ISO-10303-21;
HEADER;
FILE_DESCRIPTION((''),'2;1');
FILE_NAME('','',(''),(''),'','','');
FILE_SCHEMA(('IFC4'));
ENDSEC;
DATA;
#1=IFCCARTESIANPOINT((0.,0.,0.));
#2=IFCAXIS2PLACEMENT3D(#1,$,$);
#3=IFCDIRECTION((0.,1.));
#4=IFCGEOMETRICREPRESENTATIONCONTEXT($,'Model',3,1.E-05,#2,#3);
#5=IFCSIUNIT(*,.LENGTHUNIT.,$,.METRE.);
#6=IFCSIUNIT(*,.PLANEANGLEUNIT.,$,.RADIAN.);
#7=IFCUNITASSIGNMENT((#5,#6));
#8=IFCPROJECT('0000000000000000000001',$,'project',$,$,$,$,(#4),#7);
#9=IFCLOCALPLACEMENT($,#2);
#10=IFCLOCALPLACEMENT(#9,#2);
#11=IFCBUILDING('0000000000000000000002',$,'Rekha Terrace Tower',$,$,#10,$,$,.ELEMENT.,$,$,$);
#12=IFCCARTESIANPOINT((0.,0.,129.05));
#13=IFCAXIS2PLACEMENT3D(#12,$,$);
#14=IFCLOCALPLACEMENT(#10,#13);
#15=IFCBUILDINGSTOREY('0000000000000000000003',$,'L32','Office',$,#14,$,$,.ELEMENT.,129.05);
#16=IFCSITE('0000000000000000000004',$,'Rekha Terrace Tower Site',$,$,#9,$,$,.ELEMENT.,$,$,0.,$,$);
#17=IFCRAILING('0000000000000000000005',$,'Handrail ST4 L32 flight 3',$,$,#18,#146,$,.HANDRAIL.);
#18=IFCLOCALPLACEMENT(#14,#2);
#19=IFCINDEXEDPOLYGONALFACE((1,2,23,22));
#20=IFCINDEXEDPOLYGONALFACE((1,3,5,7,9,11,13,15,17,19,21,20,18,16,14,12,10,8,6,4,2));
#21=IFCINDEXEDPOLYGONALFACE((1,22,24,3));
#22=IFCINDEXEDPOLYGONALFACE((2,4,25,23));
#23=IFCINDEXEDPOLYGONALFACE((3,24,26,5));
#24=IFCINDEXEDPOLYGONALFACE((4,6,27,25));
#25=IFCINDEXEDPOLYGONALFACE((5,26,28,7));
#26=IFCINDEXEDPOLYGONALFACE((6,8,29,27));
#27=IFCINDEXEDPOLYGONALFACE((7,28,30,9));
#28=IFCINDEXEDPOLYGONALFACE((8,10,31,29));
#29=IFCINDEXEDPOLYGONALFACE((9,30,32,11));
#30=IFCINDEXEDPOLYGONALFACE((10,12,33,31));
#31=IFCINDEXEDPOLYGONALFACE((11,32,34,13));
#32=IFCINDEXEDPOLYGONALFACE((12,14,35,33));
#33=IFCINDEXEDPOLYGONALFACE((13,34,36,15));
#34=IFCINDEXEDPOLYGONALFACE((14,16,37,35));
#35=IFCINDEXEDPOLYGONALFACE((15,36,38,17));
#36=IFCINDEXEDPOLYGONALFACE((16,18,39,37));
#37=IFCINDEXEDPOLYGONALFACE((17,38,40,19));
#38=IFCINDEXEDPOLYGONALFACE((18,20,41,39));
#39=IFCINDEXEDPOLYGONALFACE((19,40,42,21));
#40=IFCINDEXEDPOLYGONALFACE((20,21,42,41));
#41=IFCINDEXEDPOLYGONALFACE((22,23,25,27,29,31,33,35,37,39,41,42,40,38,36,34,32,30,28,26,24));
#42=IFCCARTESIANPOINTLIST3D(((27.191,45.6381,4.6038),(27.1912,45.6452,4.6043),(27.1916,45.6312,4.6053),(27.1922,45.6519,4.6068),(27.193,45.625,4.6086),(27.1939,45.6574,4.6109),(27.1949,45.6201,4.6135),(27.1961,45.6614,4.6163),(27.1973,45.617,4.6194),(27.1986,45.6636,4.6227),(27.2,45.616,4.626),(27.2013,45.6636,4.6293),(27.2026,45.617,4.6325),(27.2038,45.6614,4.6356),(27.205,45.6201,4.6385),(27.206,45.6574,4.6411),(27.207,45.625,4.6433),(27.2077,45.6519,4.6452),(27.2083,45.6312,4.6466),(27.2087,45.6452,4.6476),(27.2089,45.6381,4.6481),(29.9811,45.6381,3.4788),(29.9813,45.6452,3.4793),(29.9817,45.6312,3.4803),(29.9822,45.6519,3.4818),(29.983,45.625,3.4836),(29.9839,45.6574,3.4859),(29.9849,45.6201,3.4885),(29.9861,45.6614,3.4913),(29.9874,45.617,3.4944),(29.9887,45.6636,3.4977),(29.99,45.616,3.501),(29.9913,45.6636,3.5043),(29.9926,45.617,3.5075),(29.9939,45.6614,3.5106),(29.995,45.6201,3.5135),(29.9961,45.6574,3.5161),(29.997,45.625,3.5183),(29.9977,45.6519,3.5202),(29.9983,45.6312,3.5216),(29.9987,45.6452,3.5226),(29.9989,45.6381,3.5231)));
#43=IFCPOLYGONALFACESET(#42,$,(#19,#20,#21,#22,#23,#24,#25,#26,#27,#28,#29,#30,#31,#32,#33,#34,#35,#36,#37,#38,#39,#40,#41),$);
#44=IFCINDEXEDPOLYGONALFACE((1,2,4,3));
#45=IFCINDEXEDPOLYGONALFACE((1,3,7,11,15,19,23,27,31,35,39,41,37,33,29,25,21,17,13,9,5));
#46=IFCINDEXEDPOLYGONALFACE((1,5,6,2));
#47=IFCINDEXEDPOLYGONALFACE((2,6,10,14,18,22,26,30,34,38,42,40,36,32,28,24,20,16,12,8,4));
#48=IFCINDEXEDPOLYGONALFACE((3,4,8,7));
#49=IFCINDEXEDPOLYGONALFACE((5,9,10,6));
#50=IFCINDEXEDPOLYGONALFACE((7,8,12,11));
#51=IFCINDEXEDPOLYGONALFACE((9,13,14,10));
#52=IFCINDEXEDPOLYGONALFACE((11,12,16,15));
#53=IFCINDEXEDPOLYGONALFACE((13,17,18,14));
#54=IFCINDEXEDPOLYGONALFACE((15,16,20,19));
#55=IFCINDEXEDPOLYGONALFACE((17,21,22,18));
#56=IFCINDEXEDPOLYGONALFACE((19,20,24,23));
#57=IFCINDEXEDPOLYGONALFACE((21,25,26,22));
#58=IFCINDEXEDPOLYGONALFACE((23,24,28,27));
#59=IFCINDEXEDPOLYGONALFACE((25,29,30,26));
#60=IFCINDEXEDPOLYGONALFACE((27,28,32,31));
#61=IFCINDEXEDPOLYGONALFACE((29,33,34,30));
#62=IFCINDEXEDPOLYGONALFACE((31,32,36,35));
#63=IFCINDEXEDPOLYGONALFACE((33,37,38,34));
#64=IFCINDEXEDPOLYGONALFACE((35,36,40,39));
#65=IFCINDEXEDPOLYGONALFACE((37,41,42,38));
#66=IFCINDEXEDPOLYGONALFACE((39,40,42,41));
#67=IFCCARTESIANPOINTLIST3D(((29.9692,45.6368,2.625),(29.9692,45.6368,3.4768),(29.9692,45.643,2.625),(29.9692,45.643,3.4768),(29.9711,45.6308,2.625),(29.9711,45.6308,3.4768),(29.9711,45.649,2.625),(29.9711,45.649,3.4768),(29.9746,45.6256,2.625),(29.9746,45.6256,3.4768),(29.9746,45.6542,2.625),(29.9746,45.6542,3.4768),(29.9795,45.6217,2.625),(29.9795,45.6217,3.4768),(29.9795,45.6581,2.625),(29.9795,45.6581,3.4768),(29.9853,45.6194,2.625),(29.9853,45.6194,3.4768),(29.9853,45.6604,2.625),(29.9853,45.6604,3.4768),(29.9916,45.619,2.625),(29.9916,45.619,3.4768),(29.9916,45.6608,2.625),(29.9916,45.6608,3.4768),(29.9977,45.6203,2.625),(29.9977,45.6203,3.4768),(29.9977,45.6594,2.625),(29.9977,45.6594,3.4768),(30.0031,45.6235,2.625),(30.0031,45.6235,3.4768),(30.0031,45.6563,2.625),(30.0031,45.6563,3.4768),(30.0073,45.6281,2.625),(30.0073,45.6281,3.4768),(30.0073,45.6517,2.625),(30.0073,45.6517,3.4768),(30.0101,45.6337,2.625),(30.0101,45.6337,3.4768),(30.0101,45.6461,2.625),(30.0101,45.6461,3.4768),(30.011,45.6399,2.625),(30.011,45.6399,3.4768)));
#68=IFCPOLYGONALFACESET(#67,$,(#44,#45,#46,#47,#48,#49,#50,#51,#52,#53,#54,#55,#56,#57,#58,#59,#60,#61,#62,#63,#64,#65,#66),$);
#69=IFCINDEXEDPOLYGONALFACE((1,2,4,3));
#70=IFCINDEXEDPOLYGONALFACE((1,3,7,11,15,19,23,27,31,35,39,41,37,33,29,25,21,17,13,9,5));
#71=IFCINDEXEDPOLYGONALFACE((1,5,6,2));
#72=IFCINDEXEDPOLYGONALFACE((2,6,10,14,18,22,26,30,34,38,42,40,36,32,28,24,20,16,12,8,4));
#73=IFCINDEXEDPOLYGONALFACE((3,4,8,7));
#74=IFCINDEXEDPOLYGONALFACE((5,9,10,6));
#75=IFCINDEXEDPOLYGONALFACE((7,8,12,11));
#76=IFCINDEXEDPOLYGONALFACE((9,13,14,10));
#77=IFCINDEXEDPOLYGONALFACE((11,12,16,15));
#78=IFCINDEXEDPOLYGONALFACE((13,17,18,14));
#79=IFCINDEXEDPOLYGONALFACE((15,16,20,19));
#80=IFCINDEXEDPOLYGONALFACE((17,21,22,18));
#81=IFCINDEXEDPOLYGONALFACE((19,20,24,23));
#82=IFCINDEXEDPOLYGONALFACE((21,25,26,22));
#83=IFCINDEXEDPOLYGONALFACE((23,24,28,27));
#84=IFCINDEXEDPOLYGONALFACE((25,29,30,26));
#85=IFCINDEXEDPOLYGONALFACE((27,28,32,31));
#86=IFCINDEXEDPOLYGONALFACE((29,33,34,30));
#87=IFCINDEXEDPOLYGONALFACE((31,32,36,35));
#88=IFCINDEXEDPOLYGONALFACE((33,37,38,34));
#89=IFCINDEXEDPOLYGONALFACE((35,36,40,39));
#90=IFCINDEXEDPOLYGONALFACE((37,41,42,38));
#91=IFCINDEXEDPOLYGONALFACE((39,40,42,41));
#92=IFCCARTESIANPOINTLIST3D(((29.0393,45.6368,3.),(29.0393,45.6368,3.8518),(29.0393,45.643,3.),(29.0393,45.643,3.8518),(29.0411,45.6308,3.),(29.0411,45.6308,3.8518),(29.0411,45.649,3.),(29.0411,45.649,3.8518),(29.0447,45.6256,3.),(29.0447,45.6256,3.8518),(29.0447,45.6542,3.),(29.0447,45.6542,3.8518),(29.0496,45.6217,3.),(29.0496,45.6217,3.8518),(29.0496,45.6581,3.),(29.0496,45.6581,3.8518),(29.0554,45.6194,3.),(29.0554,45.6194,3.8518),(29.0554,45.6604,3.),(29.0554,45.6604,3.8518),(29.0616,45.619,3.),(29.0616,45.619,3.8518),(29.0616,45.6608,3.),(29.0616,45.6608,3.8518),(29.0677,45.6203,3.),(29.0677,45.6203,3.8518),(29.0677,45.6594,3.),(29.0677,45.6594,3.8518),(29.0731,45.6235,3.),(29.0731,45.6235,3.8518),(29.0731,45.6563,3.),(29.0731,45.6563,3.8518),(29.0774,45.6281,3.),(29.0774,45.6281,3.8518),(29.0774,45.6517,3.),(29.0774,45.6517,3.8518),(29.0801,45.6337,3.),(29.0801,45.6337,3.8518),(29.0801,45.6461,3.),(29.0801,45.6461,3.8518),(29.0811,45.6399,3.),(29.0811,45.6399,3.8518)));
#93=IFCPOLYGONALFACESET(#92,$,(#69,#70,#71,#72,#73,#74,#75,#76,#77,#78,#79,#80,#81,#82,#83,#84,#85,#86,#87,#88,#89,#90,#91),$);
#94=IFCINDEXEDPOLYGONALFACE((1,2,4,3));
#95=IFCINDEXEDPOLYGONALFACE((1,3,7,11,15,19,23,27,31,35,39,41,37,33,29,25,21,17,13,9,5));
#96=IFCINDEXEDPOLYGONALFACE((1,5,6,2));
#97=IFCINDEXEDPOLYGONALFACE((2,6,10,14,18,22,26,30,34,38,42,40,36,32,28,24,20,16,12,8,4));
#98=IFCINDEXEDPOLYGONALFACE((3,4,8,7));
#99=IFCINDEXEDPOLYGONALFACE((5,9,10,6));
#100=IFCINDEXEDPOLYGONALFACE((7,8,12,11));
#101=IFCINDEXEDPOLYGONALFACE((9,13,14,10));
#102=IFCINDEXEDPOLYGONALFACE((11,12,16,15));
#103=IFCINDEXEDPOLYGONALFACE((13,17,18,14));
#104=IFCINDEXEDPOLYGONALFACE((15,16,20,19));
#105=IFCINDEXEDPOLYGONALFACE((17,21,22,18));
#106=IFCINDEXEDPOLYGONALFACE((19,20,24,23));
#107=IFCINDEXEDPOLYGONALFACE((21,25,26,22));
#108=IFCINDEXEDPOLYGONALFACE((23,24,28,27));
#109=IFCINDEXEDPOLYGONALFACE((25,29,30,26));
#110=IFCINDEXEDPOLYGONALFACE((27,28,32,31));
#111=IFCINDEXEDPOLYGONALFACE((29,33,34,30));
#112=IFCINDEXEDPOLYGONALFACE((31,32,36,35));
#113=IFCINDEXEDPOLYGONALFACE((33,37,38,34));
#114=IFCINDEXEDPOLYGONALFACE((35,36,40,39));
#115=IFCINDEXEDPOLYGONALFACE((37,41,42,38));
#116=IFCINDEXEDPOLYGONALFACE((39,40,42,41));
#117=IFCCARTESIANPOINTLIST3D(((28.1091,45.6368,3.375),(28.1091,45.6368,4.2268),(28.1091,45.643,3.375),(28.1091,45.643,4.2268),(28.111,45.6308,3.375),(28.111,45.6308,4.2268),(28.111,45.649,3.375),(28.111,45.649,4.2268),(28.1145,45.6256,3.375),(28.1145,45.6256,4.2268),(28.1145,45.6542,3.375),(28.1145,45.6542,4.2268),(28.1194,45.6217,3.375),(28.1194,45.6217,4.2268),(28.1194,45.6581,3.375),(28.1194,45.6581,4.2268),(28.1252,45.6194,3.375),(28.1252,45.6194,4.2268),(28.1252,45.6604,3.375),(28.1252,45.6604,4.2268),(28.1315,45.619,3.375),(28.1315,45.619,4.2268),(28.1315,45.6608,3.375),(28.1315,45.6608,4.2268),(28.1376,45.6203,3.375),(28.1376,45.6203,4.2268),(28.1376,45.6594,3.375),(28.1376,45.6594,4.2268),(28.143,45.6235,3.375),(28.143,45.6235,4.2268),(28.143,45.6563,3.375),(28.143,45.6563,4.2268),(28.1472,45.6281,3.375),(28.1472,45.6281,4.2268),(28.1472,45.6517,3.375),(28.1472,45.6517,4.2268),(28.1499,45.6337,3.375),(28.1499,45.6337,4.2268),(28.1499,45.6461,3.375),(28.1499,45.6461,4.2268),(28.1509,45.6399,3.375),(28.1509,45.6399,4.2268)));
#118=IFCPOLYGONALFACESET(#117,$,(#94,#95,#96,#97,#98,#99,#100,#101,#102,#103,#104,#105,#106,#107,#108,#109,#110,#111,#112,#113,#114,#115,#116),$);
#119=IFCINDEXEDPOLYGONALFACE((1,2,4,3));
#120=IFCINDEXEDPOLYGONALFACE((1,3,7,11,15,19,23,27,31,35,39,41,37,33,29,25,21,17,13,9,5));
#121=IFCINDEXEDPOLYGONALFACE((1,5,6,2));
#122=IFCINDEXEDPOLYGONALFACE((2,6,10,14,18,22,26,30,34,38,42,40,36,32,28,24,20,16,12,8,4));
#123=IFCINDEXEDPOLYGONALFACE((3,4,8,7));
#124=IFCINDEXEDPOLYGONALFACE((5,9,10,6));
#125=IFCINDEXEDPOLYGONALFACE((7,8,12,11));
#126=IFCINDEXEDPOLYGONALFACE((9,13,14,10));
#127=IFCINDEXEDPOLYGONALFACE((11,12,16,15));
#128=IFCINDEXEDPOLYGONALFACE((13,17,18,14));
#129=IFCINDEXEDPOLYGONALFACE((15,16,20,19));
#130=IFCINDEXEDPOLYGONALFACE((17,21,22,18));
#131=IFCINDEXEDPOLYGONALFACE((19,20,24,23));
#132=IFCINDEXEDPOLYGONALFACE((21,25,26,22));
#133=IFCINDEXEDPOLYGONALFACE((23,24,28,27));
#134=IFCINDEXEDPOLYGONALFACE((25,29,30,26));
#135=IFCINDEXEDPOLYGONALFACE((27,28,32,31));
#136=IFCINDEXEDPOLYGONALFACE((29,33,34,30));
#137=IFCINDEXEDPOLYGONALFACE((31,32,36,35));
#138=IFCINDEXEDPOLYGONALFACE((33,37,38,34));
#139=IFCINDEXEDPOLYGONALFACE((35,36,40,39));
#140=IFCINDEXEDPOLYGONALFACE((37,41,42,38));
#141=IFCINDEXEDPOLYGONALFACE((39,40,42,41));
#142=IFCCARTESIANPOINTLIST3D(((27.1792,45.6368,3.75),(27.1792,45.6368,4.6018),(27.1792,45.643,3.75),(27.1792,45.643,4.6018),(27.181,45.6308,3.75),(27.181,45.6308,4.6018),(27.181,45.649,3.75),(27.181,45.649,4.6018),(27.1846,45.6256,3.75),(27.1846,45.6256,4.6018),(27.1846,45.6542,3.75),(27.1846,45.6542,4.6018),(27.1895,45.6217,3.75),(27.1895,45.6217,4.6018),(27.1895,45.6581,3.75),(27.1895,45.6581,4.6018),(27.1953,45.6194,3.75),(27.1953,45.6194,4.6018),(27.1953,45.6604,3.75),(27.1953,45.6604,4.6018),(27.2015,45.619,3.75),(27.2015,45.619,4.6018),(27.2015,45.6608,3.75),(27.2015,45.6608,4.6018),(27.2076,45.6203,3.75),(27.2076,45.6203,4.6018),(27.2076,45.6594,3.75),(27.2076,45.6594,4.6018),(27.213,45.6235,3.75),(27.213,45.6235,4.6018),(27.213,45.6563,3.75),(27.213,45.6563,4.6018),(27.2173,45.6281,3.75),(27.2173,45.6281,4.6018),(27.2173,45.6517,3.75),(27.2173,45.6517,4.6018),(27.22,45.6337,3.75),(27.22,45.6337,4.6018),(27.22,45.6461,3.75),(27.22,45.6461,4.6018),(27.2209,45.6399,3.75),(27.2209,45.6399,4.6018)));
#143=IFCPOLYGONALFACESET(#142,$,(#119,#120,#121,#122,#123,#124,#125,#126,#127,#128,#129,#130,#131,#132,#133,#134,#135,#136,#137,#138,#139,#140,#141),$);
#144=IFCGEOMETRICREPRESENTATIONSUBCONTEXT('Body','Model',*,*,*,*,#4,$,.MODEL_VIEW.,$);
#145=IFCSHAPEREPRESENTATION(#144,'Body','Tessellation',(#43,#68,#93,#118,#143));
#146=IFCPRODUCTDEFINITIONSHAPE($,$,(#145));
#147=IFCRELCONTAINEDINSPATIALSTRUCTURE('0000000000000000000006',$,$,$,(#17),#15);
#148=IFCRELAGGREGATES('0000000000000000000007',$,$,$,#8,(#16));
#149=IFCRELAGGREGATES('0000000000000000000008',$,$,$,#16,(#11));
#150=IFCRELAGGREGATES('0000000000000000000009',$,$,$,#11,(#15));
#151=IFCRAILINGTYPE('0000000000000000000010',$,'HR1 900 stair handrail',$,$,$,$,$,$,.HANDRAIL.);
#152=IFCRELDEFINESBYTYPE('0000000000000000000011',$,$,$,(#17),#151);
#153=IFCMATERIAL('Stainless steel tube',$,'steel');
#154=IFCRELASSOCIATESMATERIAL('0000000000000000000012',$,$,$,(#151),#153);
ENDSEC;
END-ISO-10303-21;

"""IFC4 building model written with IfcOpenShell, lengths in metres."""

from ifc_helpers import new_model, si_unit, direction, frame, origin, origin_2d, place, context, subcontext, project, spatial, circle, extrude, material, type_object, element, save


model = new_model("IFC4")

# Units and contexts
model_context = context("Model", 3, precision=1e-05, world=origin(), true_north=direction((0.0, 1.0)))
body_context = subcontext(model_context, "Body", "Model", "MODEL_VIEW")
ifc_project = project(units=[si_unit("LENGTHUNIT", "METRE"), si_unit("PLANEANGLEUNIT", "RADIAN")], contexts=[model_context])

# Site, building, storey
site_placement = place(None, origin())
site = spatial("IfcSite", under=ifc_project, at=site_placement, Name="Rekha Terrace Tower Site", CompositionType="ELEMENT", RefElevation=0.0)
building_placement = place(site_placement, origin())
building = spatial("IfcBuilding", under=site, at=building_placement, Name="Rekha Terrace Tower", CompositionType="ELEMENT")
storey_placement = place(building_placement, frame((0.0, 0.0, 129.05)))
storey = spatial("IfcBuildingStorey", under=building, at=storey_placement, Name="L32", Description="Office", CompositionType="ELEMENT", Elevation=129.05)

# Railing
ifc_material_1 = material(Name="Stainless steel tube", Category="steel")
railing_type_1 = type_object("IfcRailingType", Name="HR1 900 stair handrail", PredefinedType="HANDRAIL", material=ifc_material_1)
railing_1_placement = place(storey_placement, frame((29.99, 45.6399, 2.625)))
element("IfcRailing", 1, at=railing_1_placement, inside=storey, type_object=railing_type_1, Name="Handrail ST4 L32 flight 3", PredefinedType="HANDRAIL", context=body_context, shape_type="SweptSolid", body=[
    extrude(circle(Radius=0.0239, at=origin_2d()), frame((0.0, 0.0, 0.876), z_axis=(-0.927443, 0.0, 0.373964), x_axis=(0.0, -1.0, 0.0)), (0.0, 0.0, 1.0), 3.0083),
    extrude(circle(Radius=0.021, at=origin_2d()), origin(), (0.0, 0.0, 1.0), 0.8518),
    extrude(circle(Radius=0.021, at=origin_2d()), frame((-0.9299, 0.0, 0.375)), (0.0, 0.0, 1.0), 0.8518),
    extrude(circle(Radius=0.021, at=origin_2d()), frame((-1.8601, 0.0, 0.75)), (0.0, 0.0, 1.0), 0.8518),
    extrude(circle(Radius=0.021, at=origin_2d()), frame((-2.79, 0.0, 1.125)), (0.0, 0.0, 1.0), 0.8518),
])

save(model, "model.ifc")
